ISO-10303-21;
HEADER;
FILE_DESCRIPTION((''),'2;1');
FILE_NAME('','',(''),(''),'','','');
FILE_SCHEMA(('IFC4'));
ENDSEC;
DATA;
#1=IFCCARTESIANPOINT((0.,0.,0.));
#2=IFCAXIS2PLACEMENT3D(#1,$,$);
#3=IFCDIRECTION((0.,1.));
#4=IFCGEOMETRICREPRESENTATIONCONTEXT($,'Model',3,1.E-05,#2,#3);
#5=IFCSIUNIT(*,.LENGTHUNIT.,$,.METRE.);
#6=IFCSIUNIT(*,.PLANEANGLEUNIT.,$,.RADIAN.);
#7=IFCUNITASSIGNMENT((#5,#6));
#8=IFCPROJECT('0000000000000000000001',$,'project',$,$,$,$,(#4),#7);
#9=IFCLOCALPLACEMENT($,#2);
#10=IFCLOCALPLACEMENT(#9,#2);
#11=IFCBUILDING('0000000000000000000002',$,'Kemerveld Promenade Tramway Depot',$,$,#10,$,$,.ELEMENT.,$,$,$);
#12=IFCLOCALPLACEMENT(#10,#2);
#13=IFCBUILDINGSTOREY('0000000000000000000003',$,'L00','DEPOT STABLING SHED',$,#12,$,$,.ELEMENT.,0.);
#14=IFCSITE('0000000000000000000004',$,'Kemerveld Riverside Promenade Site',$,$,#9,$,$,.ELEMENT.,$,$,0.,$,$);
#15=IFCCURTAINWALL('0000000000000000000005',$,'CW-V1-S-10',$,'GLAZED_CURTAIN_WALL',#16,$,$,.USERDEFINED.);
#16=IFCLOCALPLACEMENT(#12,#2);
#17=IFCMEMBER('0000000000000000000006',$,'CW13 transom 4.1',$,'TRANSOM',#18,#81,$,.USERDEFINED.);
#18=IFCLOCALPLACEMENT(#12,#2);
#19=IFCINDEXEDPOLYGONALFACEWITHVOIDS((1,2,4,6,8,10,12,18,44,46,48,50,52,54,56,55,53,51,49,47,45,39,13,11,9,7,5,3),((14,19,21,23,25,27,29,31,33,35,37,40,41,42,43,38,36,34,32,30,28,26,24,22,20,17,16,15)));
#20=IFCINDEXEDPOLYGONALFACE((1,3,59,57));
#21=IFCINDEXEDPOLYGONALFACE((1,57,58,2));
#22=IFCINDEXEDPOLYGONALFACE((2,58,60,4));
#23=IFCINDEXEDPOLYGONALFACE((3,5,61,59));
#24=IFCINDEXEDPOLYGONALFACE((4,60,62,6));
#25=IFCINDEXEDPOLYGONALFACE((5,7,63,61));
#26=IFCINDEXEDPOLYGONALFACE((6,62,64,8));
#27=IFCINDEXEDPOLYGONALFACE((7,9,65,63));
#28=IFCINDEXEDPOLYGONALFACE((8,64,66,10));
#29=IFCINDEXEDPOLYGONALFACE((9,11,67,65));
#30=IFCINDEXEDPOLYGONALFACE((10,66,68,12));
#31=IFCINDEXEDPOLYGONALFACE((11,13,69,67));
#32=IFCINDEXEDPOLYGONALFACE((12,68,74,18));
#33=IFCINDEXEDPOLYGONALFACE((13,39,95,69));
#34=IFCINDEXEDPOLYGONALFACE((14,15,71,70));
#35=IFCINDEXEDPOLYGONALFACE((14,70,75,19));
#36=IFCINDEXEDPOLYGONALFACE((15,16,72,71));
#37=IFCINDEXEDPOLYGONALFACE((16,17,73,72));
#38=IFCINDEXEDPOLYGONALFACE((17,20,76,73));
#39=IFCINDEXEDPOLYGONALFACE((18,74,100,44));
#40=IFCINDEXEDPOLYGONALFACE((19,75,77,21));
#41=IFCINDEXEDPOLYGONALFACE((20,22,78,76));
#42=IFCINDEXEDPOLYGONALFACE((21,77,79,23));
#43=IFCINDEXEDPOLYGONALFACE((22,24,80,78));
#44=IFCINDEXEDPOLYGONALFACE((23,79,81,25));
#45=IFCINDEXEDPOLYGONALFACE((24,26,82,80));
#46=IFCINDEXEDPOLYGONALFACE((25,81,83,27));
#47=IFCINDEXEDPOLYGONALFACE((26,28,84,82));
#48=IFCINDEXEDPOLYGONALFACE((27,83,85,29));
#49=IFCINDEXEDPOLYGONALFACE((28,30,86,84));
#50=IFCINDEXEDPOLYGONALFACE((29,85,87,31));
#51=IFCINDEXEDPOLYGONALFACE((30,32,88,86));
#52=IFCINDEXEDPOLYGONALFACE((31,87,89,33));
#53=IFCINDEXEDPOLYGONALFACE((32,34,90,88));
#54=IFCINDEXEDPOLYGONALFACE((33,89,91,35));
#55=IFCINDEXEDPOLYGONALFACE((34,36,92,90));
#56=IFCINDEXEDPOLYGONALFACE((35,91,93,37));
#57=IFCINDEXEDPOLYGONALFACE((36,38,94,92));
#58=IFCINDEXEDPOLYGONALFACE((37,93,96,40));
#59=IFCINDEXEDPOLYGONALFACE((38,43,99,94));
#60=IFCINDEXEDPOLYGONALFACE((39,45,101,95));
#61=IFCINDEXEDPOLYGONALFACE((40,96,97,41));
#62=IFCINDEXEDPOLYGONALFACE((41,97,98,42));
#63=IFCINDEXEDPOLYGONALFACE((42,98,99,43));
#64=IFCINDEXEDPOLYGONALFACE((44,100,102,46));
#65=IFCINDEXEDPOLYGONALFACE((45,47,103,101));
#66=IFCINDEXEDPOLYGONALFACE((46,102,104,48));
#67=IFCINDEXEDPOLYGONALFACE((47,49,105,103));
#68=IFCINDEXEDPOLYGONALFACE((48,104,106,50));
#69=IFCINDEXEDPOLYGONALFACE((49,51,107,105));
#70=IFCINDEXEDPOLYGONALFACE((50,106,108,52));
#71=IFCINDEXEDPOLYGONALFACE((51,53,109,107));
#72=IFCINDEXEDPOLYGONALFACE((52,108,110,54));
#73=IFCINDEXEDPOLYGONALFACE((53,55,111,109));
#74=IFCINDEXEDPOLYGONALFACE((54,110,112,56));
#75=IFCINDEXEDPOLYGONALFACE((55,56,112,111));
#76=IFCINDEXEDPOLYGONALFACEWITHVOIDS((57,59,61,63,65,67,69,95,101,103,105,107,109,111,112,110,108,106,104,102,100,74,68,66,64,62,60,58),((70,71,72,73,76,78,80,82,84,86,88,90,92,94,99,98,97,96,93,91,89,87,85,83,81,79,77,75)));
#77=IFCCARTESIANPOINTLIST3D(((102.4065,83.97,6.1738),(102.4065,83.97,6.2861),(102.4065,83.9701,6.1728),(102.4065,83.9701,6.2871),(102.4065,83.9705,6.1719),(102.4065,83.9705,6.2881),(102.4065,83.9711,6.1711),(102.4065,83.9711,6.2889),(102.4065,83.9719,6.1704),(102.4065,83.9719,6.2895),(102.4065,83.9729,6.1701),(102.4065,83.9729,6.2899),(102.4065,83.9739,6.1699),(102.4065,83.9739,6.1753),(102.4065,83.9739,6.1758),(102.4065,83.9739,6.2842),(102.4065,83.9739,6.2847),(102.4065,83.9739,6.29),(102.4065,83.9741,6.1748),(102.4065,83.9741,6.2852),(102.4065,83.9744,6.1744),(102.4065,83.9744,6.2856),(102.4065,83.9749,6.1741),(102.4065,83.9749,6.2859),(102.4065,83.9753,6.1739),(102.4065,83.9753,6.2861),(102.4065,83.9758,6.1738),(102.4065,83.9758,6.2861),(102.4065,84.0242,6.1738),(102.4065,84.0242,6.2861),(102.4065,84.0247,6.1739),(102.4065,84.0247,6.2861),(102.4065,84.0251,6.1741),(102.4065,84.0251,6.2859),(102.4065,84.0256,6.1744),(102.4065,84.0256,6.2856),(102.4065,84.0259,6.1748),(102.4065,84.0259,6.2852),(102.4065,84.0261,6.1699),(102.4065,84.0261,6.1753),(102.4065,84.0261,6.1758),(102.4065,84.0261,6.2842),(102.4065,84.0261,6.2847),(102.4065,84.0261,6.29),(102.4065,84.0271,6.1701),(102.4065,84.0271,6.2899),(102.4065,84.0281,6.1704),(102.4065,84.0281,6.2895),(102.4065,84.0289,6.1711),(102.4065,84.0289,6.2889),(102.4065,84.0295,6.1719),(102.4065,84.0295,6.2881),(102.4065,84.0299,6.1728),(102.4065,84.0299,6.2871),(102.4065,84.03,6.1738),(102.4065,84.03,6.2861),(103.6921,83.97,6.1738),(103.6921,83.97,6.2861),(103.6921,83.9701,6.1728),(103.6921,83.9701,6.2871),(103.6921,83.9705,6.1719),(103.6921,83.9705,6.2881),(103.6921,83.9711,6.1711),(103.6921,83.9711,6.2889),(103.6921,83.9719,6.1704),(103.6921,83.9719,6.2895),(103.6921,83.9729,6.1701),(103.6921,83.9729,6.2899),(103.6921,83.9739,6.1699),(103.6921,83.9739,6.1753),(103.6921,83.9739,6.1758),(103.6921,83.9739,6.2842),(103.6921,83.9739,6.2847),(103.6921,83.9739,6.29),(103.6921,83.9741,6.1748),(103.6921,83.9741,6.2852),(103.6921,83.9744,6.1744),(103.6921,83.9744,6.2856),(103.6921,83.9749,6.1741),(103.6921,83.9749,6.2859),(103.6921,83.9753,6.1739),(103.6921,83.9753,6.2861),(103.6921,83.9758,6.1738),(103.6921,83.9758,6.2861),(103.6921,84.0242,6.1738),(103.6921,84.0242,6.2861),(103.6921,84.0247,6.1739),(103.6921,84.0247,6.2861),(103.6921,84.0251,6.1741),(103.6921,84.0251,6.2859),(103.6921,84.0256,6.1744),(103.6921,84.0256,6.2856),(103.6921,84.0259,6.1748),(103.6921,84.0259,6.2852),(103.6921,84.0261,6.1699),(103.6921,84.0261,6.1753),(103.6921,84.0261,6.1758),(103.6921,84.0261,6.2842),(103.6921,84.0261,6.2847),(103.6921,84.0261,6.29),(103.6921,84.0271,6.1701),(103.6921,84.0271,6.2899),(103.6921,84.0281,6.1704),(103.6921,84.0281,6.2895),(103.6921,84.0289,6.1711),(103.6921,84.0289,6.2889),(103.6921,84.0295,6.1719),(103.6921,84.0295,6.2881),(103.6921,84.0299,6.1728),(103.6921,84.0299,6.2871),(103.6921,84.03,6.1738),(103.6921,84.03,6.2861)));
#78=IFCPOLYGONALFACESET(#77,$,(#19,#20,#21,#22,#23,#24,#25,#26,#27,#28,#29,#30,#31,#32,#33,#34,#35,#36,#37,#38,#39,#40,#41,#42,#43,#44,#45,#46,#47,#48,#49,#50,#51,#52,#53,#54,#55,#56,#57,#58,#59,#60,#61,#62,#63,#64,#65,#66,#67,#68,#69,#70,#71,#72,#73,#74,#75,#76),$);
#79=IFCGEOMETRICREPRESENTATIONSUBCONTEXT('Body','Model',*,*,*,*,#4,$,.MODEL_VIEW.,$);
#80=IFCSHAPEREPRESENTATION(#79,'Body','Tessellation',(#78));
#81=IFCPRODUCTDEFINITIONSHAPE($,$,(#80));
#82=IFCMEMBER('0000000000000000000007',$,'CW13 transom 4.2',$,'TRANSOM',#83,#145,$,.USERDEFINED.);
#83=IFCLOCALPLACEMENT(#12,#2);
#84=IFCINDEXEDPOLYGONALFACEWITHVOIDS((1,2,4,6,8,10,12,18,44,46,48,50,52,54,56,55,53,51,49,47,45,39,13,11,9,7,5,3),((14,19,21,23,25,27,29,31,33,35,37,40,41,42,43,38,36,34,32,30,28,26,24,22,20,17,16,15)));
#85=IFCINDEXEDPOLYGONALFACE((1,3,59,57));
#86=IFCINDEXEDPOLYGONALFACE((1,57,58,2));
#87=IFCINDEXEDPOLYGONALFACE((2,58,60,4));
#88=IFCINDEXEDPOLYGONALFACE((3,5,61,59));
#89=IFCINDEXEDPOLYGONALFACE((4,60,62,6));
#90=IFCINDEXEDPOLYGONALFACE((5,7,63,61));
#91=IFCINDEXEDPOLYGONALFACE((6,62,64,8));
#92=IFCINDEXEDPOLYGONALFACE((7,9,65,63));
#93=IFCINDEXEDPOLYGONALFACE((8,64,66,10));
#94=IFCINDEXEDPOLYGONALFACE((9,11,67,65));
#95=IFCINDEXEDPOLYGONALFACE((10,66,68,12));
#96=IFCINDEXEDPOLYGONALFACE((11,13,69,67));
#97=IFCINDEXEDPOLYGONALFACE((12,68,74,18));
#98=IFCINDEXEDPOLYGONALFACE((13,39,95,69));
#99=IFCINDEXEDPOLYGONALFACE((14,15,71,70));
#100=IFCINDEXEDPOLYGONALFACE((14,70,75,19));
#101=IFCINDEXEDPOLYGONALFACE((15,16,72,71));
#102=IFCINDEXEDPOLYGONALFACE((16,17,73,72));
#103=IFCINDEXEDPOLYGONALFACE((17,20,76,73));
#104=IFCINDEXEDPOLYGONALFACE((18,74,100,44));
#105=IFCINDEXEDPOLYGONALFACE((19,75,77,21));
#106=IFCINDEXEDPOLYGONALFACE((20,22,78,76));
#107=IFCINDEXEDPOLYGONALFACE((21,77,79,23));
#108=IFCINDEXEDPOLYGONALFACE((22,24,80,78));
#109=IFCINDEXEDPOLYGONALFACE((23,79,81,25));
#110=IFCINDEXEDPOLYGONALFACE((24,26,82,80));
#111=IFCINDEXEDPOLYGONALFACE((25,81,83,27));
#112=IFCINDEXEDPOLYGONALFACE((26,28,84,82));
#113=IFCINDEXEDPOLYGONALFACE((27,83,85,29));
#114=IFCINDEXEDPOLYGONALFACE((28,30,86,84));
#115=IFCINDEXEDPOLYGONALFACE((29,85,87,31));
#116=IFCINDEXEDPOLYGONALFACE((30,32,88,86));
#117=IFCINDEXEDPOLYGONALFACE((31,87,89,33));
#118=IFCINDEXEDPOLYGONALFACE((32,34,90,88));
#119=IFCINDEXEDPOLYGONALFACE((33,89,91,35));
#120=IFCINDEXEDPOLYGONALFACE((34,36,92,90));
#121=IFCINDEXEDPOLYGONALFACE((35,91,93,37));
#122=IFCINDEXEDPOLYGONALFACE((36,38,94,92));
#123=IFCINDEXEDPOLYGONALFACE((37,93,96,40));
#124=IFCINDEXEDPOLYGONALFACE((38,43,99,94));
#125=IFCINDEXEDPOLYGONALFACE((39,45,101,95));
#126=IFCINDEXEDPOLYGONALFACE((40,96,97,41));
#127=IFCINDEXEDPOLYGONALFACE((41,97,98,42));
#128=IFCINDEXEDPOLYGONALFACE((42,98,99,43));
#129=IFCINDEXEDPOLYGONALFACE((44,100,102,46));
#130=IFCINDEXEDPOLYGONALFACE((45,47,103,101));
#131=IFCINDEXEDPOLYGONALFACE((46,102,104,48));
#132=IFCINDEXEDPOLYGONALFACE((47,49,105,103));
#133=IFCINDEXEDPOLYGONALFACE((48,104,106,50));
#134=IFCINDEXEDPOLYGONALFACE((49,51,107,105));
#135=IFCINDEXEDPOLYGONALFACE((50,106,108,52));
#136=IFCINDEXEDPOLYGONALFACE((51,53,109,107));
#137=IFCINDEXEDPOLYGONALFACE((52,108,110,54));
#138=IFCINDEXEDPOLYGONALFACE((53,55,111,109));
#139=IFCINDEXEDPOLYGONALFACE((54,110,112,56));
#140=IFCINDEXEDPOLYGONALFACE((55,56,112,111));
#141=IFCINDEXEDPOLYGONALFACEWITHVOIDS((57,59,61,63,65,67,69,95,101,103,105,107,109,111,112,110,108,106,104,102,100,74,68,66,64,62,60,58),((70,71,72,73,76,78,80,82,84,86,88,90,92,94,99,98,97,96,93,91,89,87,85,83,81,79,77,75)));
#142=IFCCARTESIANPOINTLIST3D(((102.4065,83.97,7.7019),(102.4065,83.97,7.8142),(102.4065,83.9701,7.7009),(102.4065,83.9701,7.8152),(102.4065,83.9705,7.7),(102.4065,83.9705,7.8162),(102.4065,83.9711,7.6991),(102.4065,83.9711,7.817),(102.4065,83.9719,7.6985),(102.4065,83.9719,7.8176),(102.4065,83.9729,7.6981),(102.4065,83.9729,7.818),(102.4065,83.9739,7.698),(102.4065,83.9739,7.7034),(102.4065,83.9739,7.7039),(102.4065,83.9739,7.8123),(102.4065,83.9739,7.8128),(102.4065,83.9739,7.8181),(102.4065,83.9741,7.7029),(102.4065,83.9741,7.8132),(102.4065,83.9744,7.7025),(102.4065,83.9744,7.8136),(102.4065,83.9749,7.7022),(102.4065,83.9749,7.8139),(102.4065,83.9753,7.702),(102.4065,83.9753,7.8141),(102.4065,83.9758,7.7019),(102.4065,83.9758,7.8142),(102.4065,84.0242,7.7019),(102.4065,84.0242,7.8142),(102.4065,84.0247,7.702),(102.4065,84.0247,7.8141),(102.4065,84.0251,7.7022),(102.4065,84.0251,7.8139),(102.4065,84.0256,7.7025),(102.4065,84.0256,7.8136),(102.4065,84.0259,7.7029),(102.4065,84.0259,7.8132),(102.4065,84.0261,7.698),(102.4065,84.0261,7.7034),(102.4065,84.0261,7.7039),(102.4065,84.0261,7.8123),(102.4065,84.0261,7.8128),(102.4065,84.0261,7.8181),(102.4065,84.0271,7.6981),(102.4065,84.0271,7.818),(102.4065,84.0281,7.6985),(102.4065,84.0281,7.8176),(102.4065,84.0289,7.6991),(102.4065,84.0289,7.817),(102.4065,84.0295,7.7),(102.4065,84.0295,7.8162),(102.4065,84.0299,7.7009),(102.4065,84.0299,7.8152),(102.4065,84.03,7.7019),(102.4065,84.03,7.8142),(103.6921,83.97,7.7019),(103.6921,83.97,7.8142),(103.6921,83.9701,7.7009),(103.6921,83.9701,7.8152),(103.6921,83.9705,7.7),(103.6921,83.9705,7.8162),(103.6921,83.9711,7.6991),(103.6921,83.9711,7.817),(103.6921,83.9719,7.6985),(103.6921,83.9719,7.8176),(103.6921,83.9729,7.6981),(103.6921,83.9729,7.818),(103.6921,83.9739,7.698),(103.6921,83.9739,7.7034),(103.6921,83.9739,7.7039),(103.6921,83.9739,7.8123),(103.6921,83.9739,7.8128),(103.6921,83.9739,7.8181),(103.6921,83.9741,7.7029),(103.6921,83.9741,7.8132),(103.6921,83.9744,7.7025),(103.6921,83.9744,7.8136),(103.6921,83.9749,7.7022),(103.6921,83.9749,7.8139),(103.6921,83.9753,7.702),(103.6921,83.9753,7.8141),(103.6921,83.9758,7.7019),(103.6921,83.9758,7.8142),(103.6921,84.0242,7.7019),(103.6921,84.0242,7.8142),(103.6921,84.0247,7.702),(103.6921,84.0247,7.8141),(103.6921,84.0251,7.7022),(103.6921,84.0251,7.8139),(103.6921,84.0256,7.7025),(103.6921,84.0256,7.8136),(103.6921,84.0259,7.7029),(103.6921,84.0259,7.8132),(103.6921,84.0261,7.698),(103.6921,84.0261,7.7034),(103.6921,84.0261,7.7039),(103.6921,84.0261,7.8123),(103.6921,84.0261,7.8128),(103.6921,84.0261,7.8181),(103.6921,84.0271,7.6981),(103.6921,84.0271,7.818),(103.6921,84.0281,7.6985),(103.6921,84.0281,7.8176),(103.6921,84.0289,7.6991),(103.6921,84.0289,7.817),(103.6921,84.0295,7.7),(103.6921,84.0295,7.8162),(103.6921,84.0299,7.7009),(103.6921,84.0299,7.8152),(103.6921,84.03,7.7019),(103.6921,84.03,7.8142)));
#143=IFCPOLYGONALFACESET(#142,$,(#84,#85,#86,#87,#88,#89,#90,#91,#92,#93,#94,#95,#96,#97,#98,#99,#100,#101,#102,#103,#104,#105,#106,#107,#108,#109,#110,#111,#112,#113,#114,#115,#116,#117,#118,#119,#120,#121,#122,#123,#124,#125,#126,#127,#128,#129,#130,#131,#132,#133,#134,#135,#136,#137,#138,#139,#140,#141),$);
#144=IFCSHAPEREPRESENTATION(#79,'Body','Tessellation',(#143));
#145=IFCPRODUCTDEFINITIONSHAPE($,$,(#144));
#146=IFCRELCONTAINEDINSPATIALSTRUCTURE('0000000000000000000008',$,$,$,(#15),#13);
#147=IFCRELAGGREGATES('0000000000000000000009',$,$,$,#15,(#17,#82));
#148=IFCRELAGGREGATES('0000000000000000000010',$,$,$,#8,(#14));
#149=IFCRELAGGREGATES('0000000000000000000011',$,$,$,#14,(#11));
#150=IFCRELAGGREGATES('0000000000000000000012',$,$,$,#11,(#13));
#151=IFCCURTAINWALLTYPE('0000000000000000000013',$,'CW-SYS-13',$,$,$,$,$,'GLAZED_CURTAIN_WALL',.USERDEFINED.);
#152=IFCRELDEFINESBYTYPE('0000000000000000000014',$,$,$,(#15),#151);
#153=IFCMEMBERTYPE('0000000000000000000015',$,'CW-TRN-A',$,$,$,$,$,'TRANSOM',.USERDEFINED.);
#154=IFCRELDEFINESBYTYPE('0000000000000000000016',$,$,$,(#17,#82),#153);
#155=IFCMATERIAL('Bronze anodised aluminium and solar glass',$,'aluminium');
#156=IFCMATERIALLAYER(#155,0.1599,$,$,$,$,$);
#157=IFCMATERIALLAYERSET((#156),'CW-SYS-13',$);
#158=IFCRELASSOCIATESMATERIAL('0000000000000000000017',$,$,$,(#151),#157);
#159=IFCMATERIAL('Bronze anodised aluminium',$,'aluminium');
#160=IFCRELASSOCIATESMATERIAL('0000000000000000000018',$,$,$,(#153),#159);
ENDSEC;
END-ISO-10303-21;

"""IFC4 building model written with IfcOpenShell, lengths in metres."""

from ifc_helpers import new_model, si_unit, direction, frame, origin, origin_2d, place, context, subcontext, project, spatial, hollow_rectangle, extrude, material, layer, layer_set, material_profile, profile_set, type_object, element, aggregate, save


model = new_model("IFC4")

# Units and contexts
model_context = context("Model", 3, precision=1e-05, world=origin(), true_north=direction((0.0, 1.0)))
body_context = subcontext(model_context, "Body", "Model", "MODEL_VIEW")
ifc_project = project(units=[si_unit("LENGTHUNIT", "METRE"), si_unit("PLANEANGLEUNIT", "RADIAN")], contexts=[model_context])

# Site, building, storey
site_placement = place(None, origin())
site = spatial("IfcSite", under=ifc_project, at=site_placement, Name="Kemerveld Riverside Promenade Site", CompositionType="ELEMENT", RefElevation=0.0)
building_placement = place(site_placement, origin())
building = spatial("IfcBuilding", under=site, at=building_placement, Name="Kemerveld Promenade Tramway Depot", CompositionType="ELEMENT")
storey_placement = place(building_placement, origin())
storey = spatial("IfcBuildingStorey", under=building, at=storey_placement, Name="L00", Description="DEPOT STABLING SHED", CompositionType="ELEMENT", Elevation=0.0)

# Curtain wall
ifc_material_1 = material(Name="Bronze anodised aluminium and solar glass", Category="aluminium")
ifc_layer_1 = layer(ifc_material_1, 0.1599)
ifc_layer_set_1 = layer_set([ifc_layer_1], Name="CW-SYS-13")
curtain_wall_type_1 = type_object("IfcCurtainWallType", Name="CW-SYS-13", ElementType="GLAZED_CURTAIN_WALL", PredefinedType="USERDEFINED", material=ifc_layer_set_1)
curtain_wall_1_placement = place(storey_placement, origin())
curtain_wall_1 = element("IfcCurtainWall", 1, at=curtain_wall_1_placement, inside=storey, type_object=curtain_wall_type_1, Name="CW-V1-S-10", ObjectType="GLAZED_CURTAIN_WALL", PredefinedType="USERDEFINED")
ifc_material_2 = material(Name="Bronze anodised aluminium", Category="aluminium")

# Members
ifc_material_profile_1 = material_profile(ifc_material_2, hollow_rectangle(XDim=0.0601, YDim=0.1201, WallThickness=0.0039, InnerFilletRadius=0.002, OuterFilletRadius=0.0039, at=origin_2d()), Name="CW-TRN-120x60")
ifc_profile_set_1 = profile_set([ifc_material_profile_1], Name="Bronze anodised aluminium")
member_type_1 = type_object("IfcMemberType", Name="CW-TRN-A", ElementType="TRANSOM", PredefinedType="USERDEFINED", material=ifc_profile_set_1)
member_1_placement = place(storey_placement, frame((103.6921, 84.0, 6.23), z_axis=(-1.0, 0.0, 0.0), x_axis=(0.0, -1.0, 0.0)))
member_1 = element("IfcMember", 2, at=member_1_placement, type_object=member_type_1, Name="CW13 transom 4.1", ObjectType="TRANSOM", PredefinedType="USERDEFINED", context=body_context, shape_type="SweptSolid", body=[
    extrude(hollow_rectangle(XDim=0.0601, YDim=0.1201, WallThickness=0.0039, InnerFilletRadius=0.002, OuterFilletRadius=0.0039, at=origin_2d()), origin(), (0.0, 0.0, 1.0), 1.2856),
])
member_2_placement = place(storey_placement, frame((103.6921, 84.0, 7.7581), z_axis=(-1.0, 0.0, 0.0), x_axis=(0.0, -1.0, 0.0)))
member_2 = element("IfcMember", 3, at=member_2_placement, type_object=member_type_1, Name="CW13 transom 4.2", ObjectType="TRANSOM", PredefinedType="USERDEFINED", context=body_context, shape_type="SweptSolid", body=[
    extrude(hollow_rectangle(XDim=0.0601, YDim=0.1201, WallThickness=0.0039, InnerFilletRadius=0.002, OuterFilletRadius=0.0039, at=origin_2d()), origin(), (0.0, 0.0, 1.0), 1.2856),
])

aggregate(curtain_wall_1, [member_1, member_2])

save(model, "model.ifc")
